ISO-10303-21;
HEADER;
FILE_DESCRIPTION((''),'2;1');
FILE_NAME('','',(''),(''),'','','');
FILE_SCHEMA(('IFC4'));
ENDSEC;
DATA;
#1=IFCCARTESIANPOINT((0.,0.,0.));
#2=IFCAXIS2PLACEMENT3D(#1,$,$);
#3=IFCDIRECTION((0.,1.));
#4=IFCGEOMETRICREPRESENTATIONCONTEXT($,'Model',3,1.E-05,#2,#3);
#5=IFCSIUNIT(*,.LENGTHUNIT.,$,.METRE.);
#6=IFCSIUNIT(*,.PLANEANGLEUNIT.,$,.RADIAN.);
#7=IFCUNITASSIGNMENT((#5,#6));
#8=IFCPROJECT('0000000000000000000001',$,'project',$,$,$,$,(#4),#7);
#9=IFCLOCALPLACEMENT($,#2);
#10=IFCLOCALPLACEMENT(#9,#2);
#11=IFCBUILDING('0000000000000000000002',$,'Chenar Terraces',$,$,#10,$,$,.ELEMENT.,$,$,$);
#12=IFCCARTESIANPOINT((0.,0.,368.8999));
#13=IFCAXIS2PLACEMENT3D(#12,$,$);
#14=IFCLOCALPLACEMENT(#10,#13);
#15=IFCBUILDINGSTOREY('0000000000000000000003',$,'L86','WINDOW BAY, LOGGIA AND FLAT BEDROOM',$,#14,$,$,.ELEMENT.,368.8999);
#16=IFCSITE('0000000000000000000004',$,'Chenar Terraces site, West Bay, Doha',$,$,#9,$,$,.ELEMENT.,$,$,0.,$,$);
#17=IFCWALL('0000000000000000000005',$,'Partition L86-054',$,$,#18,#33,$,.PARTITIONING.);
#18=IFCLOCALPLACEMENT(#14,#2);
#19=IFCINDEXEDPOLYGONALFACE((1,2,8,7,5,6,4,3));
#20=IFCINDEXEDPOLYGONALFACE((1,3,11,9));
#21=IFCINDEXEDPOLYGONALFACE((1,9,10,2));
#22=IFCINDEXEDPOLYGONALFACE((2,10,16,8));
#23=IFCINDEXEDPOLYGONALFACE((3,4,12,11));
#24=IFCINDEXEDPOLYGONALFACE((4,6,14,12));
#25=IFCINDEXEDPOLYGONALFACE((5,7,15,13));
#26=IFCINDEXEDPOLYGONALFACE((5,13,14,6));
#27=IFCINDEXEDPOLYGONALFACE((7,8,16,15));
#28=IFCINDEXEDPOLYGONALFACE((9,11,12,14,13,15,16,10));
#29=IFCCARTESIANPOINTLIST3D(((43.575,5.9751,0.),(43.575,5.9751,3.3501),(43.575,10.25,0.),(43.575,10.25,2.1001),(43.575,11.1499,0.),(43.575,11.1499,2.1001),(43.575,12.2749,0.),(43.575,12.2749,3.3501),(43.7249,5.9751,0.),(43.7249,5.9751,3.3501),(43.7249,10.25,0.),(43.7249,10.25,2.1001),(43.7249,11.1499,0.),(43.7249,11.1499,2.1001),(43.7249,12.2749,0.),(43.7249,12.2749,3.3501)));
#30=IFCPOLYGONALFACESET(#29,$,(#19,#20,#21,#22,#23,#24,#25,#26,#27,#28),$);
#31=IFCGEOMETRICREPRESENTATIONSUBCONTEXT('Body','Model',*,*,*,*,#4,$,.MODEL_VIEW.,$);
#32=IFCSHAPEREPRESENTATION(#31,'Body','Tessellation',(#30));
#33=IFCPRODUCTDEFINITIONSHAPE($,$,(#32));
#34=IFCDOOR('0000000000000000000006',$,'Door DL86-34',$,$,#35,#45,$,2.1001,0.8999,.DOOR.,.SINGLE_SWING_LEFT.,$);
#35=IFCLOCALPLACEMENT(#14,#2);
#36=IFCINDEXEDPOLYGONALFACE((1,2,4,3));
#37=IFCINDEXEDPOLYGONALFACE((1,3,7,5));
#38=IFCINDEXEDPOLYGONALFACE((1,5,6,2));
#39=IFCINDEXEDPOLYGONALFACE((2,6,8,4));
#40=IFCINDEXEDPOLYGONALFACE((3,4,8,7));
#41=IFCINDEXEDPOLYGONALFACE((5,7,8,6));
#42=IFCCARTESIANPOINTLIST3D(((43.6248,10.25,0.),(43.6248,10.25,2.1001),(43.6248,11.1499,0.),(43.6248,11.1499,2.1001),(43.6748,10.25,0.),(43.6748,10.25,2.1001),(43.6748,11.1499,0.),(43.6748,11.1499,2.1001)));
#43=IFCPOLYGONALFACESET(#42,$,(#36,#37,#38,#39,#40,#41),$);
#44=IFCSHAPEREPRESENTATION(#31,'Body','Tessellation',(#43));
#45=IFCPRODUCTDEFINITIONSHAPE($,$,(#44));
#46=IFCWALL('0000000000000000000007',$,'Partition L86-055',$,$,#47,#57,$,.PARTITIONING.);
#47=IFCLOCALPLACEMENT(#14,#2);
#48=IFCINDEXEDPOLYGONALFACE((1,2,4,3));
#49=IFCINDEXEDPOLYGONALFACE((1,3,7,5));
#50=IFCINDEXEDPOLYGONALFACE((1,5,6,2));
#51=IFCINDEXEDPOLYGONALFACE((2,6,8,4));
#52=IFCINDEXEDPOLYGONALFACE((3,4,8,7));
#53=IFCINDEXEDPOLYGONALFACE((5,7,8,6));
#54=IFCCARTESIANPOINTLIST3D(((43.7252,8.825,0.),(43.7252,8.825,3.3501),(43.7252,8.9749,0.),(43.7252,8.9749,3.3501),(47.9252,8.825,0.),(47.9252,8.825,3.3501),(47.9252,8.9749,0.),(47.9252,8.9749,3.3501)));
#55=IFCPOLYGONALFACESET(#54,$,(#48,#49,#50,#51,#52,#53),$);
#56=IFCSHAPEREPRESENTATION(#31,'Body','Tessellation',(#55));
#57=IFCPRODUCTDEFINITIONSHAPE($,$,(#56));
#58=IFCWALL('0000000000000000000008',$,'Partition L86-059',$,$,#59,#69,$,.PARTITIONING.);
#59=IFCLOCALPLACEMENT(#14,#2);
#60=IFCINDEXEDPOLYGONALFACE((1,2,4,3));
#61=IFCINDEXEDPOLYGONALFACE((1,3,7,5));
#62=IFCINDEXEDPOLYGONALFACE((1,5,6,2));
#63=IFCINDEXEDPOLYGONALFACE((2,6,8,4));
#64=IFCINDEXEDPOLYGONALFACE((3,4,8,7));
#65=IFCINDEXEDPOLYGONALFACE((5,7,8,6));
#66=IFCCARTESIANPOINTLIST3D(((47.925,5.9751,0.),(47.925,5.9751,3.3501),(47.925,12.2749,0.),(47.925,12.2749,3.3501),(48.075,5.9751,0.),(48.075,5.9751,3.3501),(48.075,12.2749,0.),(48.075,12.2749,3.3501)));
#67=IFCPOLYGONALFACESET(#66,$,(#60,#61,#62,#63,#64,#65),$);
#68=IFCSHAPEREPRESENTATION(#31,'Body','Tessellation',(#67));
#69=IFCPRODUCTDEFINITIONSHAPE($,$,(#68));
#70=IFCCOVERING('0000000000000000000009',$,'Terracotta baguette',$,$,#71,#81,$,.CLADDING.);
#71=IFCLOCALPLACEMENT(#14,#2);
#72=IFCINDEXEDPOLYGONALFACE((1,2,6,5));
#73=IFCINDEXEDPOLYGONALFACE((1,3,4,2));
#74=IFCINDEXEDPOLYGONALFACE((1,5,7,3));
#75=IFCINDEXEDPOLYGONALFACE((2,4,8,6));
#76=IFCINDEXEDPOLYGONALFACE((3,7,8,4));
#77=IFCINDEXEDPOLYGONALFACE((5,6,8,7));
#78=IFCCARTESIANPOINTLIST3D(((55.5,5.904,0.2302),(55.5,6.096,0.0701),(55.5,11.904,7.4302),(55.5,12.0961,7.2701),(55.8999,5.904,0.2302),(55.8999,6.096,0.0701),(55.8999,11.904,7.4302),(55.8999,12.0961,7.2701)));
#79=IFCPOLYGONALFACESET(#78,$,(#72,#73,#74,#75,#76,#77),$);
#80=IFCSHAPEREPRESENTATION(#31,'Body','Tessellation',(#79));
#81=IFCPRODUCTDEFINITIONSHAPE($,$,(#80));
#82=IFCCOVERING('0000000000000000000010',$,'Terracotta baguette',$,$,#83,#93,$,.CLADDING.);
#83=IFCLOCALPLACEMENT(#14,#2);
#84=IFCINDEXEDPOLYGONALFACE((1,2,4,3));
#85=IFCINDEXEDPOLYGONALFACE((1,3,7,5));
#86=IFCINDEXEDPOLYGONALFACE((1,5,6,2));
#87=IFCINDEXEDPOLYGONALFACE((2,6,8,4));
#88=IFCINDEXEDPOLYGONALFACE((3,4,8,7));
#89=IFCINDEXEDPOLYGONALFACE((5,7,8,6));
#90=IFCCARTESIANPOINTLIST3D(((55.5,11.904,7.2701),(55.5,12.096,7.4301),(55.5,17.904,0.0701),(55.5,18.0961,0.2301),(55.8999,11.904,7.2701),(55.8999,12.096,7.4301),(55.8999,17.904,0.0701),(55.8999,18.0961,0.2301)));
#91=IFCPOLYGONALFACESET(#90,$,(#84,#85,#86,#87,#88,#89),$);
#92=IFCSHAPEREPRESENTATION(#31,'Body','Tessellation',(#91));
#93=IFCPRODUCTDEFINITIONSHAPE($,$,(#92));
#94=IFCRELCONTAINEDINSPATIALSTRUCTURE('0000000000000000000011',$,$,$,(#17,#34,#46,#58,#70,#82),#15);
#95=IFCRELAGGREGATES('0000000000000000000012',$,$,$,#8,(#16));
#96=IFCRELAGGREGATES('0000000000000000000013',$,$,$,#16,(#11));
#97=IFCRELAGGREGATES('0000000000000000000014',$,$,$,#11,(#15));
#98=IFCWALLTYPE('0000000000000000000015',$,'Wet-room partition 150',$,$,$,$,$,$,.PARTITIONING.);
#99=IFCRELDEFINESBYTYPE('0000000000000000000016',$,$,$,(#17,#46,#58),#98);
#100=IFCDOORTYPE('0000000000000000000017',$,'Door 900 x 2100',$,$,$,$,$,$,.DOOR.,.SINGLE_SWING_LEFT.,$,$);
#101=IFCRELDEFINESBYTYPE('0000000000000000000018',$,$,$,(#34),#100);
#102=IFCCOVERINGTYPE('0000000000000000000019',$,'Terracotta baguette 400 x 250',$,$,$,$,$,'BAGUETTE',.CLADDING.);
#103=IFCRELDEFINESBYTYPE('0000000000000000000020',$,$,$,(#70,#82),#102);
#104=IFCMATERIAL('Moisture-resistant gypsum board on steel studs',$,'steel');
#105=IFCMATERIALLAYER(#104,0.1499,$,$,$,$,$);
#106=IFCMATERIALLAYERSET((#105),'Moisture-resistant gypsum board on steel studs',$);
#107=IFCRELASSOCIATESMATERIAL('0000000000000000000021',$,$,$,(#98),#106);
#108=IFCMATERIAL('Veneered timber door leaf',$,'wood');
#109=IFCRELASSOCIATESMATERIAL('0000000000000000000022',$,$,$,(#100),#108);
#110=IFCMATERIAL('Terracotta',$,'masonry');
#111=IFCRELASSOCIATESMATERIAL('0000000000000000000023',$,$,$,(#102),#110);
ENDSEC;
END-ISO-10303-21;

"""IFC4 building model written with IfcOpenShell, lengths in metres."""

from ifc_helpers import new_model, si_unit, direction, frame, frame_2d, origin, origin_2d, place, context, subcontext, project, spatial, rectangle, extrude, material, layer, layer_set, material_profile, profile_set, type_object, element, fill, save


model = new_model("IFC4")

# Units and contexts
model_context = context("Model", 3, precision=1e-05, world=origin(), true_north=direction((0.0, 1.0)))
body_context = subcontext(model_context, "Body", "Model", "MODEL_VIEW")
ifc_project = project(units=[si_unit("LENGTHUNIT", "METRE"), si_unit("PLANEANGLEUNIT", "RADIAN")], contexts=[model_context])

# Site, building, storey
site_placement = place(None, origin())
site = spatial("IfcSite", under=ifc_project, at=site_placement, Name="Chenar Terraces site, West Bay, Doha", CompositionType="ELEMENT", RefElevation=0.0)
building_placement = place(site_placement, origin())
building = spatial("IfcBuilding", under=site, at=building_placement, Name="Chenar Terraces", CompositionType="ELEMENT")
storey_placement = place(building_placement, frame((0.0, 0.0, 368.8999)))
storey = spatial("IfcBuildingStorey", under=building, at=storey_placement, Name="L86", Description="WINDOW BAY, LOGGIA AND FLAT BEDROOM", CompositionType="ELEMENT", Elevation=368.8999)

# Wall, opening, door
ifc_material_1 = material(Name="Moisture-resistant gypsum board on steel studs", Category="steel")
ifc_layer_1 = layer(ifc_material_1, 0.1499)
ifc_layer_set_1 = layer_set([ifc_layer_1], Name="Moisture-resistant gypsum board on steel studs")
wall_type_1 = type_object("IfcWallType", Name="Wet-room partition 150", PredefinedType="PARTITIONING", material=ifc_layer_set_1)
wall_1_placement = place(storey_placement, frame((43.6499, 5.9751, 0.0), z_axis=(0.0, 0.0, 1.0), x_axis=(0.0, 1.0, 0.0)))
wall_1 = element("IfcWall", 1, at=wall_1_placement, inside=storey, type_object=wall_type_1, Name="Partition L86-054", PredefinedType="PARTITIONING", context=body_context, shape_type="SweptSolid", body=[
    extrude(rectangle(XDim=6.2998, YDim=0.1499, at=frame_2d((3.1499, 0.0))), origin(), (0.0, 0.0, 1.0), 3.3501),
])
opening_1_placement = place(wall_1_placement, frame((4.2749, 0.0, 0.0)))
opening_1 = element("IfcOpeningElement", 2, at=opening_1_placement, cuts=wall_1, PredefinedType="OPENING", context=body_context, shape_type="SweptSolid", body=[
    extrude(rectangle(XDim=0.8999, YDim=2.1001, at=frame_2d((0.45, 1.05))), frame((0.0, 0.085, 0.0), z_axis=(0.0, -1.0, 0.0), x_axis=(1.0, 0.0, 0.0)), (0.0, 0.0, 1.0), 0.1699),
])
ifc_material_2 = material(Name="Veneered timber door leaf", Category="wood")
door_type_1 = type_object("IfcDoorType", Name="Door 900 x 2100", OperationType="SINGLE_SWING_LEFT", PredefinedType="DOOR", material=ifc_material_2)
door_1_placement = place(opening_1_placement, frame((0.8999, 0.0, 0.0), z_axis=(0.0, 0.0, 1.0), x_axis=(-1.0, 0.0, 0.0)))
door_1 = element("IfcDoor", 3, at=door_1_placement, inside=storey, type_object=door_type_1, Name="Door DL86-34", OperationType="SINGLE_SWING_LEFT", OverallHeight=2.1001, OverallWidth=0.8999, PredefinedType="DOOR", context=body_context, shape_type="SweptSolid", body=[
    extrude(rectangle(XDim=0.8999, YDim=2.1001, at=frame_2d((0.45, 1.05))), frame((0.0, 0.0249, 0.0), z_axis=(0.0, -1.0, 0.0), x_axis=(1.0, 0.0, 0.0)), (0.0, 0.0, 1.0), 0.05),
])
fill(opening_1, door_1)

# Walls
wall_2_placement = place(storey_placement, frame((43.7251, 8.8999, 0.0), z_axis=(0.0, 0.0, 1.0), x_axis=(1.0, 0.0, 0.0)))
element("IfcWall", 4, at=wall_2_placement, inside=storey, type_object=wall_type_1, Name="Partition L86-055", PredefinedType="PARTITIONING", context=body_context, shape_type="SweptSolid", body=[
    extrude(rectangle(XDim=4.2, YDim=0.1499, at=frame_2d((2.1001, 0.0))), origin(), (0.0, 0.0, 1.0), 3.3501),
])
wall_3_placement = place(storey_placement, frame((48.0, 5.9751, 0.0), z_axis=(0.0, 0.0, 1.0), x_axis=(0.0, 1.0, 0.0)))
element("IfcWall", 5, at=wall_3_placement, inside=storey, type_object=wall_type_1, Name="Partition L86-059", PredefinedType="PARTITIONING", context=body_context, shape_type="SweptSolid", body=[
    extrude(rectangle(XDim=6.2998, YDim=0.1499, at=frame_2d((3.1499, 0.0))), origin(), (0.0, 0.0, 1.0), 3.3501),
])

# Coverings
ifc_material_3 = material(Name="Terracotta", Category="masonry")
ifc_material_profile_1 = material_profile(ifc_material_3, rectangle(XDim=0.3999, YDim=0.25, at=origin_2d()), Name="Terracotta baguette 400 x 250")
ifc_profile_set_1 = profile_set([ifc_material_profile_1], Name="Terracotta")
covering_type = type_object("IfcCoveringType", Name="Terracotta baguette 400 x 250", ElementType="BAGUETTE", PredefinedType="CLADDING", material=ifc_profile_set_1)
for number, where, z_axis, x_axis, name in (
    (6, (55.7, 6.0, 0.1501), (0.0, 0.640187, 0.768219), (-1.0, 0.0, 0.0), "Terracotta baguette"),
    (7, (55.7, 12.0, 7.3501), (0.0, 0.640187, -0.768219), (-1.0, 0.0, 0.0), "Terracotta baguette"),
):
    element("IfcCovering", number, at=place(storey_placement, frame(where, z_axis=z_axis, x_axis=x_axis)), inside=storey, type_object=covering_type, Name=name, PredefinedType="CLADDING", context=body_context, shape_type="SweptSolid", body=[
        extrude(rectangle(XDim=0.3999, YDim=0.25, at=origin_2d()), origin(), (0.0, 0.0, 1.0), 9.3723),
    ])

save(model, "model.ifc")
